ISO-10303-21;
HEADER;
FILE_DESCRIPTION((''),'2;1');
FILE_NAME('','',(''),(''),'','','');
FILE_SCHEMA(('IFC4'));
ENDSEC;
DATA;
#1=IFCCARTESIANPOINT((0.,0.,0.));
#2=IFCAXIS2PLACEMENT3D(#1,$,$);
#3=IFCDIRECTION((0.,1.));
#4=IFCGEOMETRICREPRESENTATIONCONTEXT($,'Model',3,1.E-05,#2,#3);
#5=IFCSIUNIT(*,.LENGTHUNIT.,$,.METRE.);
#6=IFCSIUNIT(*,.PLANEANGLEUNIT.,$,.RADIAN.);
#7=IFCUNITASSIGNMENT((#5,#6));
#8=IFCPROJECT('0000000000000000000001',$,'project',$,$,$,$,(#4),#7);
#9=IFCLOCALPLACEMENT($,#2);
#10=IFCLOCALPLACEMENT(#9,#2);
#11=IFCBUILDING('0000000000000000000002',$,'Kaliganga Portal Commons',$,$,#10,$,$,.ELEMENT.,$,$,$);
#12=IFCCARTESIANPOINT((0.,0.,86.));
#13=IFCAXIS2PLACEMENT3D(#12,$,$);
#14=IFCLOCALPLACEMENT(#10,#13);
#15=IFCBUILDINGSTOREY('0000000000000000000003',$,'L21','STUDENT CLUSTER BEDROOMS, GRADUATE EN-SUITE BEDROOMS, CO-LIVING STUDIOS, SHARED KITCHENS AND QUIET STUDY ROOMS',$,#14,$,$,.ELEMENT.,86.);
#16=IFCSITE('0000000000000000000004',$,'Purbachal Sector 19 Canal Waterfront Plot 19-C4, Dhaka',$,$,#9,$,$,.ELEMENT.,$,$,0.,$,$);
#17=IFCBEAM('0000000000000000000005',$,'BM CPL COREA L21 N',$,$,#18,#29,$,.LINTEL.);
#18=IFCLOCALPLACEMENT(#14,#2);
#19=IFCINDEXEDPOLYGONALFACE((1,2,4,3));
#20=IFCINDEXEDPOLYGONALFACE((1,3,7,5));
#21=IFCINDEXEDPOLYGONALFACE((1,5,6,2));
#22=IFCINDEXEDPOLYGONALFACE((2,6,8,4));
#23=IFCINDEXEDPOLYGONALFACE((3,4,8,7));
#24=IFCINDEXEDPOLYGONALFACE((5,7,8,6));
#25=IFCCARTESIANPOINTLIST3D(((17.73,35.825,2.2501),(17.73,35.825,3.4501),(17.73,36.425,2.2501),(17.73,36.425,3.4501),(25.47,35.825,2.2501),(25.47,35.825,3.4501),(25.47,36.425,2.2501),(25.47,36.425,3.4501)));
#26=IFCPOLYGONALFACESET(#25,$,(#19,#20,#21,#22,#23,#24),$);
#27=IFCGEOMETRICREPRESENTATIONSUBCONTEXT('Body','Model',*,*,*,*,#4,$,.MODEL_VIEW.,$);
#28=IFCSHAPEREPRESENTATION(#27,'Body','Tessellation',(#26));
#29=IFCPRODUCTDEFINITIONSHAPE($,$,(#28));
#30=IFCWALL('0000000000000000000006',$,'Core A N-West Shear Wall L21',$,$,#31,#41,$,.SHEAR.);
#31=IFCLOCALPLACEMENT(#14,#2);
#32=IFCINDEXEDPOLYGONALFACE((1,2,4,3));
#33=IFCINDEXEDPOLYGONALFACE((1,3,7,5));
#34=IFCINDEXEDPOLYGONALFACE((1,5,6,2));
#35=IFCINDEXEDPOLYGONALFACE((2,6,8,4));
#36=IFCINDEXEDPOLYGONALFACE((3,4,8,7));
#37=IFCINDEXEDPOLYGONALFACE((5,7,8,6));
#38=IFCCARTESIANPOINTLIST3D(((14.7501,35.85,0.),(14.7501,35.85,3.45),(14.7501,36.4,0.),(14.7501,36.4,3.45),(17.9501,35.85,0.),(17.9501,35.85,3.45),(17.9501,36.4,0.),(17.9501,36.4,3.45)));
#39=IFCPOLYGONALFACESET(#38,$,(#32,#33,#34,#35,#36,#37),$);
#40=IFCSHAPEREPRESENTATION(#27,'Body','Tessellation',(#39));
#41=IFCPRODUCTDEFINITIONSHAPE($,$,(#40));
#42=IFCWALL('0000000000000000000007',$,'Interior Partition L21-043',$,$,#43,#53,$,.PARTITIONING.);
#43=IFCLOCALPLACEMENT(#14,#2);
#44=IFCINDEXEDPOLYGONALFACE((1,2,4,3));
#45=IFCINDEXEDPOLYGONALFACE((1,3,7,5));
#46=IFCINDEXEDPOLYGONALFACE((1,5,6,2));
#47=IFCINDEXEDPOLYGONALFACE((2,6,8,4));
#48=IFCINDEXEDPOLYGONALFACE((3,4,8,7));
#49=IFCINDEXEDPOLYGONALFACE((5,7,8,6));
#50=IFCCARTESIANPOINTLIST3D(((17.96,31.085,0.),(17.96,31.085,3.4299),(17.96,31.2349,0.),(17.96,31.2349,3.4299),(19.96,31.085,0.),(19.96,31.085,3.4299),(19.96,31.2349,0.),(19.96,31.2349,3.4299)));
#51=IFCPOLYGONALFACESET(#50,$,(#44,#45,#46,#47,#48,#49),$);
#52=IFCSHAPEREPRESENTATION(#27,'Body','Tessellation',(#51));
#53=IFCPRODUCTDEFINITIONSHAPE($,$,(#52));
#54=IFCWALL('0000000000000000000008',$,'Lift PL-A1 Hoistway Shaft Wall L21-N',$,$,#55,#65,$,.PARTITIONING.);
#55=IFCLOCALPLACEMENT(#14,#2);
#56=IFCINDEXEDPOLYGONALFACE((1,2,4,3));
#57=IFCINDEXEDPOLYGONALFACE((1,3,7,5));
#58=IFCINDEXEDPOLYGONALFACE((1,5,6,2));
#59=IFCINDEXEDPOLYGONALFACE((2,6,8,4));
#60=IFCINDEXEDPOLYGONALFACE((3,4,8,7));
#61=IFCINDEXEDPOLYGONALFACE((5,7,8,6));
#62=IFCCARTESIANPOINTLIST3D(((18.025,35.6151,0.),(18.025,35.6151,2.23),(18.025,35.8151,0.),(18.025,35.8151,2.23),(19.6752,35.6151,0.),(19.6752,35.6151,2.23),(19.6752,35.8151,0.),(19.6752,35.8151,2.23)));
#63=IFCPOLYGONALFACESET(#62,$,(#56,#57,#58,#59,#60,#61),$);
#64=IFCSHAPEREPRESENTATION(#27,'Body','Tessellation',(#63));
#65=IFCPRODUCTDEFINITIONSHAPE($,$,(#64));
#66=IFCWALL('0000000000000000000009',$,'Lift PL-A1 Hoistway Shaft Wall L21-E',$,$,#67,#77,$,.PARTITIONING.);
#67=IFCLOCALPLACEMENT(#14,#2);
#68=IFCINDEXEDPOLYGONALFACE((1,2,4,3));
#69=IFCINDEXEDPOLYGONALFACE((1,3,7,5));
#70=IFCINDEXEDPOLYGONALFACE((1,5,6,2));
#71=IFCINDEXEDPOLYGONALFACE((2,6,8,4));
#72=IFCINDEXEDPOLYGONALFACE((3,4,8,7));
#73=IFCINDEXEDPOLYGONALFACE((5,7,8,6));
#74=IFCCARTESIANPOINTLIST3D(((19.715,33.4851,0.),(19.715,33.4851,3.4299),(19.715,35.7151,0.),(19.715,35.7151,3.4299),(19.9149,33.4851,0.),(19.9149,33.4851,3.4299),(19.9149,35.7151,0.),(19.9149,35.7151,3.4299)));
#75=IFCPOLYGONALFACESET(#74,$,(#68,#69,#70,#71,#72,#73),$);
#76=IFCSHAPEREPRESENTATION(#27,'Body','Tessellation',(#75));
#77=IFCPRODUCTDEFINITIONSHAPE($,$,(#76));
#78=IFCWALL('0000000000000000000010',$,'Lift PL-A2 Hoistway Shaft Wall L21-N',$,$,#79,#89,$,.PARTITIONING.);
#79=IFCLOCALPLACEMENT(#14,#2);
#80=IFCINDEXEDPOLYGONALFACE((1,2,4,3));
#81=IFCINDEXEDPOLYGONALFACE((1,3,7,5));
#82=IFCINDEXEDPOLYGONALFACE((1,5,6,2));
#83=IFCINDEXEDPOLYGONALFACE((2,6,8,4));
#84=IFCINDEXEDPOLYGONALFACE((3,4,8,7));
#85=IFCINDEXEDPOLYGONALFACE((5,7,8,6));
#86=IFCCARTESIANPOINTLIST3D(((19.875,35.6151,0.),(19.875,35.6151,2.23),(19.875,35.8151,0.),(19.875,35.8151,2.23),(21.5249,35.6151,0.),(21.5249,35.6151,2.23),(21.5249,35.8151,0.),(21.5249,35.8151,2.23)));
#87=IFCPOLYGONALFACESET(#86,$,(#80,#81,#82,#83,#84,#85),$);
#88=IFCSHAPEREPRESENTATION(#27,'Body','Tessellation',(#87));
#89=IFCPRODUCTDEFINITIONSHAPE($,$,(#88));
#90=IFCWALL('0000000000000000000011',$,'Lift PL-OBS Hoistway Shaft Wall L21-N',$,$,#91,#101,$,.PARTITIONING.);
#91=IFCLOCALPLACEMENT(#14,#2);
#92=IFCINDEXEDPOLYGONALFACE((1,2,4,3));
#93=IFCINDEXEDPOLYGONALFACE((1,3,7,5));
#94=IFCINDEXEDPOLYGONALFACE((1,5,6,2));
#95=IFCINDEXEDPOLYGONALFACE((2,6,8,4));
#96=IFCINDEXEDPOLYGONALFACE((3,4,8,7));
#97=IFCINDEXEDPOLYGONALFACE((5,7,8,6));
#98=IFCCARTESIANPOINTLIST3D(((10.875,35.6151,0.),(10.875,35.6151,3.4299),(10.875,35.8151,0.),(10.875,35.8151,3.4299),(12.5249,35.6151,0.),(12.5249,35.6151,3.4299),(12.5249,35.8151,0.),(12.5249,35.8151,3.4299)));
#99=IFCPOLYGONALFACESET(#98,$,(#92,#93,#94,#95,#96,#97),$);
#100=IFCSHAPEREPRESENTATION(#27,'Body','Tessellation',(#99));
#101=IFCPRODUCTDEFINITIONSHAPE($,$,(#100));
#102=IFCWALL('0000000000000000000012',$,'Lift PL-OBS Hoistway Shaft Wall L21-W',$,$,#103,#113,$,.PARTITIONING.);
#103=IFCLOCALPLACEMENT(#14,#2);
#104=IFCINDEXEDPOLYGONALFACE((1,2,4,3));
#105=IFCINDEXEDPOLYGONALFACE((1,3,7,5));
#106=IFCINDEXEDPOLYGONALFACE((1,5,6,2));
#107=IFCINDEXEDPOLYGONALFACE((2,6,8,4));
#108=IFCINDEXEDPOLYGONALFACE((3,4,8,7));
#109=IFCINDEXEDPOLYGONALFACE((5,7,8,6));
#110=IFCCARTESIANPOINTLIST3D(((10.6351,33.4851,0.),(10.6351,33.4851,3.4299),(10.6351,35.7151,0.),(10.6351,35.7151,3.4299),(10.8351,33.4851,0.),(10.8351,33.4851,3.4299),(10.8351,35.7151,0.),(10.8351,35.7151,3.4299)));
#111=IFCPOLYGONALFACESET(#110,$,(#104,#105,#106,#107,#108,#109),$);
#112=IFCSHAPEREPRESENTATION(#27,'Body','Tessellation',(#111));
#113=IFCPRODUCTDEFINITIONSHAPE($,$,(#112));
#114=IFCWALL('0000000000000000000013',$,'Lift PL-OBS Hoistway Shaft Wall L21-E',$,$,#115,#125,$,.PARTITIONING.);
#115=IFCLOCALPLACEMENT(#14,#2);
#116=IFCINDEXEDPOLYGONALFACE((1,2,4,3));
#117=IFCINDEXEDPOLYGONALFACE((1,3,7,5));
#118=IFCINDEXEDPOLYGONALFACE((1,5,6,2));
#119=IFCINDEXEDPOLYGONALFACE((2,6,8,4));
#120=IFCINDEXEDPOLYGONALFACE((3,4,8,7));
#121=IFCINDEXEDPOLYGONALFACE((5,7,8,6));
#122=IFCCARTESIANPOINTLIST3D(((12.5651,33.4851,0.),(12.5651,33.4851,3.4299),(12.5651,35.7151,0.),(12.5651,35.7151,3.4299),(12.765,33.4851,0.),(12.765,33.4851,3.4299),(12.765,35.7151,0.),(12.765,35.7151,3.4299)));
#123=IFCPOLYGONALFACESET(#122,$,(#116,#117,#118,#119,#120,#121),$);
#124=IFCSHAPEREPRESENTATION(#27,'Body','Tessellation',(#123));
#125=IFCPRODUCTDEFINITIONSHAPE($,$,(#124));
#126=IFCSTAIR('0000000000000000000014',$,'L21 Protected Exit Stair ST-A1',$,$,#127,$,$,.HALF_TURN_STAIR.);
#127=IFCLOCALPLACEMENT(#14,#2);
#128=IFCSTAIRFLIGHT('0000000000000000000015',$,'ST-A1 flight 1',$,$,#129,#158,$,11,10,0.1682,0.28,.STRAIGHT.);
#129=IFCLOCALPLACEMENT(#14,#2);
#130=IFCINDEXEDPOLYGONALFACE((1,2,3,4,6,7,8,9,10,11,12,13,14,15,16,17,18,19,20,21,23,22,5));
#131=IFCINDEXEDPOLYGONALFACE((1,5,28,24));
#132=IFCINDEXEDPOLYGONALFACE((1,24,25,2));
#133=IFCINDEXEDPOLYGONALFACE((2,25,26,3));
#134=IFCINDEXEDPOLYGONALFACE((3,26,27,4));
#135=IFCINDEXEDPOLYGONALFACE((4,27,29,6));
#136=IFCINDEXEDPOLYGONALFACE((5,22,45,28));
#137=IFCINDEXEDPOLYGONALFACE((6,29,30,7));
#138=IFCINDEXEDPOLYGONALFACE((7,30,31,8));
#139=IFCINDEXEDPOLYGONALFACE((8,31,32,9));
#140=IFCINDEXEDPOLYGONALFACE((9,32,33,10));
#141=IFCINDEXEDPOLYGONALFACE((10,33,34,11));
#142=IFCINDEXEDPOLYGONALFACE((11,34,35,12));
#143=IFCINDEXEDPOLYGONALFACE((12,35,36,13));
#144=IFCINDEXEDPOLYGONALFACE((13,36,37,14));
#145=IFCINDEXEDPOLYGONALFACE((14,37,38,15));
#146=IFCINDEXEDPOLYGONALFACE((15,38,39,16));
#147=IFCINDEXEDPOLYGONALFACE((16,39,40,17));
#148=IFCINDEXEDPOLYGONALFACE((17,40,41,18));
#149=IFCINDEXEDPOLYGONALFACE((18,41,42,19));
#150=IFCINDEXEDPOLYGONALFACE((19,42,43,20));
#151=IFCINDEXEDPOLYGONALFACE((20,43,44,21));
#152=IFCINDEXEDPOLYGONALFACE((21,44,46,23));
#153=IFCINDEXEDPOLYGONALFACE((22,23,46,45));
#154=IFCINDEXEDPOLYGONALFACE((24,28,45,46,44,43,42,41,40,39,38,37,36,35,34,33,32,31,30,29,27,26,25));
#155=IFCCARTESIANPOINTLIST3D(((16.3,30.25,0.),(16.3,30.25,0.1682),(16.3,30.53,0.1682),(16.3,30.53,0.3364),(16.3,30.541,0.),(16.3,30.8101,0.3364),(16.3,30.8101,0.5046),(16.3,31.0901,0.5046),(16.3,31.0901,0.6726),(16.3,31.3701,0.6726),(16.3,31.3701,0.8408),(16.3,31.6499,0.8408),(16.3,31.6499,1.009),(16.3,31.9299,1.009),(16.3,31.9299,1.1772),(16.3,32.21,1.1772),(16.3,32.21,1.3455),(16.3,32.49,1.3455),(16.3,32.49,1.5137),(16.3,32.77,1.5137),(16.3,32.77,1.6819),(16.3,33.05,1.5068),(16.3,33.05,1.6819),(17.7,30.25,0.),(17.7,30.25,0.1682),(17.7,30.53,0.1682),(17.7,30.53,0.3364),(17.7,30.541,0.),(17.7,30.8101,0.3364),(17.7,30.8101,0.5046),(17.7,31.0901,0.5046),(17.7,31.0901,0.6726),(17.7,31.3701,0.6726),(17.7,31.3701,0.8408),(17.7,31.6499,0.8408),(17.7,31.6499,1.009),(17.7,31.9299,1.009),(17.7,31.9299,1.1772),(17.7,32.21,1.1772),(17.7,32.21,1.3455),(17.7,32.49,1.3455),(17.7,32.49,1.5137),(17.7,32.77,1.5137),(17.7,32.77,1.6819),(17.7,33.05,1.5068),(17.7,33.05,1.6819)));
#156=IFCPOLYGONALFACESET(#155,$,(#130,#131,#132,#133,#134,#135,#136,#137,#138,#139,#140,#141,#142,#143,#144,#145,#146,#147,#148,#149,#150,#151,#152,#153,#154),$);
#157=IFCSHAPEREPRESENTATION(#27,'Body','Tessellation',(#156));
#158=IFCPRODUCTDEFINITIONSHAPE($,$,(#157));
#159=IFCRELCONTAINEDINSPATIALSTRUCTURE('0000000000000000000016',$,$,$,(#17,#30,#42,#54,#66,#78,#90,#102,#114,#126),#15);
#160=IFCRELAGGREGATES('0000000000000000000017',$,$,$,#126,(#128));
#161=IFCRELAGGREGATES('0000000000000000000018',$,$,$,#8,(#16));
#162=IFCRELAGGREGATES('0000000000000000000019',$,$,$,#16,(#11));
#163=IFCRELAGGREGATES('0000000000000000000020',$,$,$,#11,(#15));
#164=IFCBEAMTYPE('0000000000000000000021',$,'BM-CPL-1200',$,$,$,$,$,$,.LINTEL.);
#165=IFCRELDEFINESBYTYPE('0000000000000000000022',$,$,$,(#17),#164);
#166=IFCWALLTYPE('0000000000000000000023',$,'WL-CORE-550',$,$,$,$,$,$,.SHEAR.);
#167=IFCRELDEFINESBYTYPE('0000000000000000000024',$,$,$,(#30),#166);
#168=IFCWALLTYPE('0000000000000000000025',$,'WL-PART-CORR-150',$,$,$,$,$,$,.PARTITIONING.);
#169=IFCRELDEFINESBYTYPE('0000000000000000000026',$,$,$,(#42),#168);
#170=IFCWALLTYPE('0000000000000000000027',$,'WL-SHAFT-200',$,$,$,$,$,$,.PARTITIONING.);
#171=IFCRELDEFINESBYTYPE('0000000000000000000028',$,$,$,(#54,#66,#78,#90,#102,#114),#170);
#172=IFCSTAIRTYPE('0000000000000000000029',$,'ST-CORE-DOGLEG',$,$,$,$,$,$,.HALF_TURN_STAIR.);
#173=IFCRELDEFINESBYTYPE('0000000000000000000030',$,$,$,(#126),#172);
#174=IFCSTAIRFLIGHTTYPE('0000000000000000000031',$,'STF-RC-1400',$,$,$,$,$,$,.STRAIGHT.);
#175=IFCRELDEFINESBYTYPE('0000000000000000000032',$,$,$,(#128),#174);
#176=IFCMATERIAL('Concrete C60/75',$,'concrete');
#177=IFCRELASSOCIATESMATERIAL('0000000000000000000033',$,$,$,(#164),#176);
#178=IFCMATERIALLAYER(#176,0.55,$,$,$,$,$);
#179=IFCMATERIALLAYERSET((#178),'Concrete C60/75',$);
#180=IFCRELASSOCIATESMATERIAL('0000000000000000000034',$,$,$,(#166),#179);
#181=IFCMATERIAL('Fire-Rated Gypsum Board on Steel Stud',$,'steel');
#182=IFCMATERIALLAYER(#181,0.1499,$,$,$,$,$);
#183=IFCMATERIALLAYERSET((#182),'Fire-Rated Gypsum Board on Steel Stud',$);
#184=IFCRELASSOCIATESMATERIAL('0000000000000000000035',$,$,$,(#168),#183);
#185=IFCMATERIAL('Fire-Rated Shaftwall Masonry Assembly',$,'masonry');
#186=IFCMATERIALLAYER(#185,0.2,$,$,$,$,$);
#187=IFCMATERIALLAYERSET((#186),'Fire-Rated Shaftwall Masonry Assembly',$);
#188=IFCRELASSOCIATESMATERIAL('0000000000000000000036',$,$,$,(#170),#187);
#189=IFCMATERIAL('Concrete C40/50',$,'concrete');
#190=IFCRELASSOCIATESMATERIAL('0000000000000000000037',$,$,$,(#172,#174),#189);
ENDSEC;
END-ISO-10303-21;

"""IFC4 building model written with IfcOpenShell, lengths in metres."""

from ifc_helpers import new_model, si_unit, direction, frame, frame_2d, origin, origin_2d, place, context, subcontext, project, spatial, polyline, rectangle, outline, extrude, source, transform, mapped, material, layer, layer_set, material_profile, profile_set, type_object, element, aggregate, save


model = new_model("IFC4")

# Units and contexts
model_context = context("Model", 3, precision=1e-05, world=origin(), true_north=direction((0.0, 1.0)))
body_context = subcontext(model_context, "Body", "Model", "MODEL_VIEW")
ifc_project = project(units=[si_unit("LENGTHUNIT", "METRE"), si_unit("PLANEANGLEUNIT", "RADIAN")], contexts=[model_context])

# Site, building, storey
site_placement = place(None, origin())
site = spatial("IfcSite", under=ifc_project, at=site_placement, Name="Purbachal Sector 19 Canal Waterfront Plot 19-C4, Dhaka", CompositionType="ELEMENT", RefElevation=0.0)
building_placement = place(site_placement, origin())
building = spatial("IfcBuilding", under=site, at=building_placement, Name="Kaliganga Portal Commons", CompositionType="ELEMENT")
storey_placement = place(building_placement, frame((0.0, 0.0, 86.0)))
storey = spatial("IfcBuildingStorey", under=building, at=storey_placement, Name="L21", Description="STUDENT CLUSTER BEDROOMS, GRADUATE EN-SUITE BEDROOMS, CO-LIVING STUDIOS, SHARED KITCHENS AND QUIET STUDY ROOMS", CompositionType="ELEMENT", Elevation=86.0)

# Beam
ifc_material_1 = material(Name="Concrete C60/75", Category="concrete")
ifc_material_profile = material_profile(ifc_material_1, rectangle(XDim=0.6001, YDim=1.2, at=origin_2d()), Name="RC 600x1200")
ifc_profile_set = profile_set([ifc_material_profile], Name="Concrete C60/75")
beam_type = type_object("IfcBeamType", Name="BM-CPL-1200", PredefinedType="LINTEL", material=ifc_profile_set)
shared_shape = source(origin(), body_context, "Body", "SweptSolid", [
    extrude(rectangle(XDim=0.6001, YDim=1.2, at=origin_2d()), origin(), (0.0, 0.0, 1.0), 7.74),
])
beam_placement = place(storey_placement, frame((17.73, 36.125, 2.8501), z_axis=(1.0, 0.0, 0.0), x_axis=(0.0, 1.0, 0.0)))
element("IfcBeam", 1, at=beam_placement, inside=storey, type_object=beam_type, Name="BM CPL COREA L21 N", PredefinedType="LINTEL", context=body_context, shape_type="MappedRepresentation", body=[
    mapped(shared_shape, transform((0.0, 0.0, 0.0), x_axis=(1.0, 0.0, 0.0), y_axis=(0.0, 1.0, 0.0), z_axis=(0.0, 0.0, 1.0), scale=1.0)),
])

# Walls
ifc_layer_1 = layer(ifc_material_1, 0.55)
ifc_layer_set_1 = layer_set([ifc_layer_1], Name="Concrete C60/75")
wall_type_1 = type_object("IfcWallType", Name="WL-CORE-550", PredefinedType="SHEAR", material=ifc_layer_set_1)
wall_1_placement = place(storey_placement, frame((14.75, 36.125, 0.0), z_axis=(0.0, 0.0, 1.0), x_axis=(1.0, 0.0, 0.0)))
element("IfcWall", 2, at=wall_1_placement, inside=storey, type_object=wall_type_1, Name="Core A N-West Shear Wall L21", PredefinedType="SHEAR", context=body_context, shape_type="SweptSolid", body=[
    extrude(rectangle(XDim=3.2, YDim=0.55, at=frame_2d((1.6001, 0.0))), origin(), (0.0, 0.0, 1.0), 3.45),
])
ifc_material_2 = material(Name="Fire-Rated Gypsum Board on Steel Stud", Category="steel")
ifc_layer_2 = layer(ifc_material_2, 0.1499)
ifc_layer_set_2 = layer_set([ifc_layer_2], Name="Fire-Rated Gypsum Board on Steel Stud")
wall_type_2 = type_object("IfcWallType", Name="WL-PART-CORR-150", PredefinedType="PARTITIONING", material=ifc_layer_set_2)
wall_2_placement = place(storey_placement, frame((17.96, 31.1599, 0.0), z_axis=(0.0, 0.0, 1.0), x_axis=(1.0, 0.0, 0.0)))
element("IfcWall", 3, at=wall_2_placement, inside=storey, type_object=wall_type_2, Name="Interior Partition L21-043", PredefinedType="PARTITIONING", context=body_context, shape_type="SweptSolid", body=[
    extrude(rectangle(XDim=2.0, YDim=0.1499, at=frame_2d((1.0, 0.0))), origin(), (0.0, 0.0, 1.0), 3.4299),
])

# Shared definitions
ifc_material_3 = material(Name="Fire-Rated Shaftwall Masonry Assembly", Category="masonry")
ifc_layer_3 = layer(ifc_material_3, 0.2)
ifc_layer_set_3 = layer_set([ifc_layer_3], Name="Fire-Rated Shaftwall Masonry Assembly")
wall_type_3 = type_object("IfcWallType", Name="WL-SHAFT-200", PredefinedType="PARTITIONING", material=ifc_layer_set_3)

# Walls
wall_3_placement = place(storey_placement, frame((18.0249, 35.7151, 0.0), z_axis=(0.0, 0.0, 1.0), x_axis=(1.0, 0.0, 0.0)))
element("IfcWall", 4, at=wall_3_placement, inside=storey, type_object=wall_type_3, Name="Lift PL-A1 Hoistway Shaft Wall L21-N", PredefinedType="PARTITIONING", context=body_context, shape_type="SweptSolid", body=[
    extrude(rectangle(XDim=1.6501, YDim=0.2, at=frame_2d((0.8252, 0.0))), origin(), (0.0, 0.0, 1.0), 2.23),
])
wall_4_placement = place(storey_placement, frame((19.8149, 33.4851, 0.0), z_axis=(0.0, 0.0, 1.0), x_axis=(0.0, 1.0, 0.0)))
element("IfcWall", 5, at=wall_4_placement, inside=storey, type_object=wall_type_3, Name="Lift PL-A1 Hoistway Shaft Wall L21-E", PredefinedType="PARTITIONING", context=body_context, shape_type="SweptSolid", body=[
    extrude(rectangle(XDim=2.23, YDim=0.2, at=frame_2d((1.115, 0.0))), origin(), (0.0, 0.0, 1.0), 3.4299),
])

# Wall
wall_5_placement = place(storey_placement, frame((19.875, 35.7151, 0.0), z_axis=(0.0, 0.0, 1.0), x_axis=(1.0, 0.0, 0.0)))
element("IfcWall", 6, at=wall_5_placement, inside=storey, type_object=wall_type_3, Name="Lift PL-A2 Hoistway Shaft Wall L21-N", PredefinedType="PARTITIONING", context=body_context, shape_type="SweptSolid", body=[
    extrude(rectangle(XDim=1.6499, YDim=0.2, at=frame_2d((0.825, 0.0))), origin(), (0.0, 0.0, 1.0), 2.23),
])

# Walls
wall_6_placement = place(storey_placement, frame((10.875, 35.7151, 0.0), z_axis=(0.0, 0.0, 1.0), x_axis=(1.0, 0.0, 0.0)))
element("IfcWall", 7, at=wall_6_placement, inside=storey, type_object=wall_type_3, Name="Lift PL-OBS Hoistway Shaft Wall L21-N", PredefinedType="PARTITIONING", context=body_context, shape_type="SweptSolid", body=[
    extrude(rectangle(XDim=1.6499, YDim=0.2, at=frame_2d((0.825, 0.0))), origin(), (0.0, 0.0, 1.0), 3.4299),
])
for number, where, z_axis, x_axis, name in (
    (8, (10.7351, 33.4851, 0.0), (0.0, 0.0, 1.0), (0.0, 1.0, 0.0), "Lift PL-OBS Hoistway Shaft Wall L21-W"),
    (9, (12.665, 33.4851, 0.0), (0.0, 0.0, 1.0), (0.0, 1.0, 0.0), "Lift PL-OBS Hoistway Shaft Wall L21-E"),
):
    element("IfcWall", number, at=place(storey_placement, frame(where, z_axis=z_axis, x_axis=x_axis)), inside=storey, type_object=wall_type_3, Name=name, PredefinedType="PARTITIONING", context=body_context, shape_type="SweptSolid", body=[
        extrude(rectangle(XDim=2.23, YDim=0.2, at=frame_2d((1.115, 0.0))), origin(), (0.0, 0.0, 1.0), 3.4299),
    ])

# Stair, stair flight
ifc_material_4 = material(Name="Concrete C40/50", Category="concrete")
stair_type = type_object("IfcStairType", Name="ST-CORE-DOGLEG", PredefinedType="HALF_TURN_STAIR", material=ifc_material_4)
stair_placement = place(storey_placement, origin())
stair = element("IfcStair", 10, at=stair_placement, inside=storey, type_object=stair_type, Name="L21 Protected Exit Stair ST-A1", PredefinedType="HALF_TURN_STAIR")
stair_flight_type = type_object("IfcStairFlightType", Name="STF-RC-1400", PredefinedType="STRAIGHT", material=ifc_material_4)
stair_flight_1_placement = place(storey_placement, frame((17.0, 30.25, 0.0), z_axis=(0.0, 0.0, 1.0), x_axis=(0.0, 1.0, 0.0)))
stair_flight_1 = element("IfcStairFlight", 11, at=stair_flight_1_placement, type_object=stair_flight_type, Name="ST-A1 flight 1", NumberOfRisers=11, NumberOfTreads=10, PredefinedType="STRAIGHT", RiserHeight=0.1682, TreadLength=0.28, context=body_context, shape_type="SweptSolid", body=[
    extrude(outline(polyline([(0.0, 0.0), (0.0, 0.1682), (0.28, 0.1682), (0.28, 0.3364), (0.5601, 0.3364), (0.5601, 0.5046), (0.8401, 0.5046), (0.8401, 0.6726), (1.1201, 0.6726), (1.1201, 0.8408), (1.3999, 0.8408), (1.3999, 1.009), (1.6799, 1.009), (1.6799, 1.1772), (1.96, 1.1772), (1.96, 1.3455), (2.24, 1.3455), (2.24, 1.5137), (2.52, 1.5137), (2.52, 1.6819), (2.8, 1.6819), (2.8, 1.8501), (2.8, 1.5068), (0.291, 0.0), (0.0, 0.0)])), frame((0.0, 0.7, 0.0), z_axis=(0.0, -1.0, 0.0), x_axis=(1.0, 0.0, 0.0)), (0.0, 0.0, 1.0), 1.3999),
])
aggregate(stair, [stair_flight_1])

save(model, "model.ifc")
